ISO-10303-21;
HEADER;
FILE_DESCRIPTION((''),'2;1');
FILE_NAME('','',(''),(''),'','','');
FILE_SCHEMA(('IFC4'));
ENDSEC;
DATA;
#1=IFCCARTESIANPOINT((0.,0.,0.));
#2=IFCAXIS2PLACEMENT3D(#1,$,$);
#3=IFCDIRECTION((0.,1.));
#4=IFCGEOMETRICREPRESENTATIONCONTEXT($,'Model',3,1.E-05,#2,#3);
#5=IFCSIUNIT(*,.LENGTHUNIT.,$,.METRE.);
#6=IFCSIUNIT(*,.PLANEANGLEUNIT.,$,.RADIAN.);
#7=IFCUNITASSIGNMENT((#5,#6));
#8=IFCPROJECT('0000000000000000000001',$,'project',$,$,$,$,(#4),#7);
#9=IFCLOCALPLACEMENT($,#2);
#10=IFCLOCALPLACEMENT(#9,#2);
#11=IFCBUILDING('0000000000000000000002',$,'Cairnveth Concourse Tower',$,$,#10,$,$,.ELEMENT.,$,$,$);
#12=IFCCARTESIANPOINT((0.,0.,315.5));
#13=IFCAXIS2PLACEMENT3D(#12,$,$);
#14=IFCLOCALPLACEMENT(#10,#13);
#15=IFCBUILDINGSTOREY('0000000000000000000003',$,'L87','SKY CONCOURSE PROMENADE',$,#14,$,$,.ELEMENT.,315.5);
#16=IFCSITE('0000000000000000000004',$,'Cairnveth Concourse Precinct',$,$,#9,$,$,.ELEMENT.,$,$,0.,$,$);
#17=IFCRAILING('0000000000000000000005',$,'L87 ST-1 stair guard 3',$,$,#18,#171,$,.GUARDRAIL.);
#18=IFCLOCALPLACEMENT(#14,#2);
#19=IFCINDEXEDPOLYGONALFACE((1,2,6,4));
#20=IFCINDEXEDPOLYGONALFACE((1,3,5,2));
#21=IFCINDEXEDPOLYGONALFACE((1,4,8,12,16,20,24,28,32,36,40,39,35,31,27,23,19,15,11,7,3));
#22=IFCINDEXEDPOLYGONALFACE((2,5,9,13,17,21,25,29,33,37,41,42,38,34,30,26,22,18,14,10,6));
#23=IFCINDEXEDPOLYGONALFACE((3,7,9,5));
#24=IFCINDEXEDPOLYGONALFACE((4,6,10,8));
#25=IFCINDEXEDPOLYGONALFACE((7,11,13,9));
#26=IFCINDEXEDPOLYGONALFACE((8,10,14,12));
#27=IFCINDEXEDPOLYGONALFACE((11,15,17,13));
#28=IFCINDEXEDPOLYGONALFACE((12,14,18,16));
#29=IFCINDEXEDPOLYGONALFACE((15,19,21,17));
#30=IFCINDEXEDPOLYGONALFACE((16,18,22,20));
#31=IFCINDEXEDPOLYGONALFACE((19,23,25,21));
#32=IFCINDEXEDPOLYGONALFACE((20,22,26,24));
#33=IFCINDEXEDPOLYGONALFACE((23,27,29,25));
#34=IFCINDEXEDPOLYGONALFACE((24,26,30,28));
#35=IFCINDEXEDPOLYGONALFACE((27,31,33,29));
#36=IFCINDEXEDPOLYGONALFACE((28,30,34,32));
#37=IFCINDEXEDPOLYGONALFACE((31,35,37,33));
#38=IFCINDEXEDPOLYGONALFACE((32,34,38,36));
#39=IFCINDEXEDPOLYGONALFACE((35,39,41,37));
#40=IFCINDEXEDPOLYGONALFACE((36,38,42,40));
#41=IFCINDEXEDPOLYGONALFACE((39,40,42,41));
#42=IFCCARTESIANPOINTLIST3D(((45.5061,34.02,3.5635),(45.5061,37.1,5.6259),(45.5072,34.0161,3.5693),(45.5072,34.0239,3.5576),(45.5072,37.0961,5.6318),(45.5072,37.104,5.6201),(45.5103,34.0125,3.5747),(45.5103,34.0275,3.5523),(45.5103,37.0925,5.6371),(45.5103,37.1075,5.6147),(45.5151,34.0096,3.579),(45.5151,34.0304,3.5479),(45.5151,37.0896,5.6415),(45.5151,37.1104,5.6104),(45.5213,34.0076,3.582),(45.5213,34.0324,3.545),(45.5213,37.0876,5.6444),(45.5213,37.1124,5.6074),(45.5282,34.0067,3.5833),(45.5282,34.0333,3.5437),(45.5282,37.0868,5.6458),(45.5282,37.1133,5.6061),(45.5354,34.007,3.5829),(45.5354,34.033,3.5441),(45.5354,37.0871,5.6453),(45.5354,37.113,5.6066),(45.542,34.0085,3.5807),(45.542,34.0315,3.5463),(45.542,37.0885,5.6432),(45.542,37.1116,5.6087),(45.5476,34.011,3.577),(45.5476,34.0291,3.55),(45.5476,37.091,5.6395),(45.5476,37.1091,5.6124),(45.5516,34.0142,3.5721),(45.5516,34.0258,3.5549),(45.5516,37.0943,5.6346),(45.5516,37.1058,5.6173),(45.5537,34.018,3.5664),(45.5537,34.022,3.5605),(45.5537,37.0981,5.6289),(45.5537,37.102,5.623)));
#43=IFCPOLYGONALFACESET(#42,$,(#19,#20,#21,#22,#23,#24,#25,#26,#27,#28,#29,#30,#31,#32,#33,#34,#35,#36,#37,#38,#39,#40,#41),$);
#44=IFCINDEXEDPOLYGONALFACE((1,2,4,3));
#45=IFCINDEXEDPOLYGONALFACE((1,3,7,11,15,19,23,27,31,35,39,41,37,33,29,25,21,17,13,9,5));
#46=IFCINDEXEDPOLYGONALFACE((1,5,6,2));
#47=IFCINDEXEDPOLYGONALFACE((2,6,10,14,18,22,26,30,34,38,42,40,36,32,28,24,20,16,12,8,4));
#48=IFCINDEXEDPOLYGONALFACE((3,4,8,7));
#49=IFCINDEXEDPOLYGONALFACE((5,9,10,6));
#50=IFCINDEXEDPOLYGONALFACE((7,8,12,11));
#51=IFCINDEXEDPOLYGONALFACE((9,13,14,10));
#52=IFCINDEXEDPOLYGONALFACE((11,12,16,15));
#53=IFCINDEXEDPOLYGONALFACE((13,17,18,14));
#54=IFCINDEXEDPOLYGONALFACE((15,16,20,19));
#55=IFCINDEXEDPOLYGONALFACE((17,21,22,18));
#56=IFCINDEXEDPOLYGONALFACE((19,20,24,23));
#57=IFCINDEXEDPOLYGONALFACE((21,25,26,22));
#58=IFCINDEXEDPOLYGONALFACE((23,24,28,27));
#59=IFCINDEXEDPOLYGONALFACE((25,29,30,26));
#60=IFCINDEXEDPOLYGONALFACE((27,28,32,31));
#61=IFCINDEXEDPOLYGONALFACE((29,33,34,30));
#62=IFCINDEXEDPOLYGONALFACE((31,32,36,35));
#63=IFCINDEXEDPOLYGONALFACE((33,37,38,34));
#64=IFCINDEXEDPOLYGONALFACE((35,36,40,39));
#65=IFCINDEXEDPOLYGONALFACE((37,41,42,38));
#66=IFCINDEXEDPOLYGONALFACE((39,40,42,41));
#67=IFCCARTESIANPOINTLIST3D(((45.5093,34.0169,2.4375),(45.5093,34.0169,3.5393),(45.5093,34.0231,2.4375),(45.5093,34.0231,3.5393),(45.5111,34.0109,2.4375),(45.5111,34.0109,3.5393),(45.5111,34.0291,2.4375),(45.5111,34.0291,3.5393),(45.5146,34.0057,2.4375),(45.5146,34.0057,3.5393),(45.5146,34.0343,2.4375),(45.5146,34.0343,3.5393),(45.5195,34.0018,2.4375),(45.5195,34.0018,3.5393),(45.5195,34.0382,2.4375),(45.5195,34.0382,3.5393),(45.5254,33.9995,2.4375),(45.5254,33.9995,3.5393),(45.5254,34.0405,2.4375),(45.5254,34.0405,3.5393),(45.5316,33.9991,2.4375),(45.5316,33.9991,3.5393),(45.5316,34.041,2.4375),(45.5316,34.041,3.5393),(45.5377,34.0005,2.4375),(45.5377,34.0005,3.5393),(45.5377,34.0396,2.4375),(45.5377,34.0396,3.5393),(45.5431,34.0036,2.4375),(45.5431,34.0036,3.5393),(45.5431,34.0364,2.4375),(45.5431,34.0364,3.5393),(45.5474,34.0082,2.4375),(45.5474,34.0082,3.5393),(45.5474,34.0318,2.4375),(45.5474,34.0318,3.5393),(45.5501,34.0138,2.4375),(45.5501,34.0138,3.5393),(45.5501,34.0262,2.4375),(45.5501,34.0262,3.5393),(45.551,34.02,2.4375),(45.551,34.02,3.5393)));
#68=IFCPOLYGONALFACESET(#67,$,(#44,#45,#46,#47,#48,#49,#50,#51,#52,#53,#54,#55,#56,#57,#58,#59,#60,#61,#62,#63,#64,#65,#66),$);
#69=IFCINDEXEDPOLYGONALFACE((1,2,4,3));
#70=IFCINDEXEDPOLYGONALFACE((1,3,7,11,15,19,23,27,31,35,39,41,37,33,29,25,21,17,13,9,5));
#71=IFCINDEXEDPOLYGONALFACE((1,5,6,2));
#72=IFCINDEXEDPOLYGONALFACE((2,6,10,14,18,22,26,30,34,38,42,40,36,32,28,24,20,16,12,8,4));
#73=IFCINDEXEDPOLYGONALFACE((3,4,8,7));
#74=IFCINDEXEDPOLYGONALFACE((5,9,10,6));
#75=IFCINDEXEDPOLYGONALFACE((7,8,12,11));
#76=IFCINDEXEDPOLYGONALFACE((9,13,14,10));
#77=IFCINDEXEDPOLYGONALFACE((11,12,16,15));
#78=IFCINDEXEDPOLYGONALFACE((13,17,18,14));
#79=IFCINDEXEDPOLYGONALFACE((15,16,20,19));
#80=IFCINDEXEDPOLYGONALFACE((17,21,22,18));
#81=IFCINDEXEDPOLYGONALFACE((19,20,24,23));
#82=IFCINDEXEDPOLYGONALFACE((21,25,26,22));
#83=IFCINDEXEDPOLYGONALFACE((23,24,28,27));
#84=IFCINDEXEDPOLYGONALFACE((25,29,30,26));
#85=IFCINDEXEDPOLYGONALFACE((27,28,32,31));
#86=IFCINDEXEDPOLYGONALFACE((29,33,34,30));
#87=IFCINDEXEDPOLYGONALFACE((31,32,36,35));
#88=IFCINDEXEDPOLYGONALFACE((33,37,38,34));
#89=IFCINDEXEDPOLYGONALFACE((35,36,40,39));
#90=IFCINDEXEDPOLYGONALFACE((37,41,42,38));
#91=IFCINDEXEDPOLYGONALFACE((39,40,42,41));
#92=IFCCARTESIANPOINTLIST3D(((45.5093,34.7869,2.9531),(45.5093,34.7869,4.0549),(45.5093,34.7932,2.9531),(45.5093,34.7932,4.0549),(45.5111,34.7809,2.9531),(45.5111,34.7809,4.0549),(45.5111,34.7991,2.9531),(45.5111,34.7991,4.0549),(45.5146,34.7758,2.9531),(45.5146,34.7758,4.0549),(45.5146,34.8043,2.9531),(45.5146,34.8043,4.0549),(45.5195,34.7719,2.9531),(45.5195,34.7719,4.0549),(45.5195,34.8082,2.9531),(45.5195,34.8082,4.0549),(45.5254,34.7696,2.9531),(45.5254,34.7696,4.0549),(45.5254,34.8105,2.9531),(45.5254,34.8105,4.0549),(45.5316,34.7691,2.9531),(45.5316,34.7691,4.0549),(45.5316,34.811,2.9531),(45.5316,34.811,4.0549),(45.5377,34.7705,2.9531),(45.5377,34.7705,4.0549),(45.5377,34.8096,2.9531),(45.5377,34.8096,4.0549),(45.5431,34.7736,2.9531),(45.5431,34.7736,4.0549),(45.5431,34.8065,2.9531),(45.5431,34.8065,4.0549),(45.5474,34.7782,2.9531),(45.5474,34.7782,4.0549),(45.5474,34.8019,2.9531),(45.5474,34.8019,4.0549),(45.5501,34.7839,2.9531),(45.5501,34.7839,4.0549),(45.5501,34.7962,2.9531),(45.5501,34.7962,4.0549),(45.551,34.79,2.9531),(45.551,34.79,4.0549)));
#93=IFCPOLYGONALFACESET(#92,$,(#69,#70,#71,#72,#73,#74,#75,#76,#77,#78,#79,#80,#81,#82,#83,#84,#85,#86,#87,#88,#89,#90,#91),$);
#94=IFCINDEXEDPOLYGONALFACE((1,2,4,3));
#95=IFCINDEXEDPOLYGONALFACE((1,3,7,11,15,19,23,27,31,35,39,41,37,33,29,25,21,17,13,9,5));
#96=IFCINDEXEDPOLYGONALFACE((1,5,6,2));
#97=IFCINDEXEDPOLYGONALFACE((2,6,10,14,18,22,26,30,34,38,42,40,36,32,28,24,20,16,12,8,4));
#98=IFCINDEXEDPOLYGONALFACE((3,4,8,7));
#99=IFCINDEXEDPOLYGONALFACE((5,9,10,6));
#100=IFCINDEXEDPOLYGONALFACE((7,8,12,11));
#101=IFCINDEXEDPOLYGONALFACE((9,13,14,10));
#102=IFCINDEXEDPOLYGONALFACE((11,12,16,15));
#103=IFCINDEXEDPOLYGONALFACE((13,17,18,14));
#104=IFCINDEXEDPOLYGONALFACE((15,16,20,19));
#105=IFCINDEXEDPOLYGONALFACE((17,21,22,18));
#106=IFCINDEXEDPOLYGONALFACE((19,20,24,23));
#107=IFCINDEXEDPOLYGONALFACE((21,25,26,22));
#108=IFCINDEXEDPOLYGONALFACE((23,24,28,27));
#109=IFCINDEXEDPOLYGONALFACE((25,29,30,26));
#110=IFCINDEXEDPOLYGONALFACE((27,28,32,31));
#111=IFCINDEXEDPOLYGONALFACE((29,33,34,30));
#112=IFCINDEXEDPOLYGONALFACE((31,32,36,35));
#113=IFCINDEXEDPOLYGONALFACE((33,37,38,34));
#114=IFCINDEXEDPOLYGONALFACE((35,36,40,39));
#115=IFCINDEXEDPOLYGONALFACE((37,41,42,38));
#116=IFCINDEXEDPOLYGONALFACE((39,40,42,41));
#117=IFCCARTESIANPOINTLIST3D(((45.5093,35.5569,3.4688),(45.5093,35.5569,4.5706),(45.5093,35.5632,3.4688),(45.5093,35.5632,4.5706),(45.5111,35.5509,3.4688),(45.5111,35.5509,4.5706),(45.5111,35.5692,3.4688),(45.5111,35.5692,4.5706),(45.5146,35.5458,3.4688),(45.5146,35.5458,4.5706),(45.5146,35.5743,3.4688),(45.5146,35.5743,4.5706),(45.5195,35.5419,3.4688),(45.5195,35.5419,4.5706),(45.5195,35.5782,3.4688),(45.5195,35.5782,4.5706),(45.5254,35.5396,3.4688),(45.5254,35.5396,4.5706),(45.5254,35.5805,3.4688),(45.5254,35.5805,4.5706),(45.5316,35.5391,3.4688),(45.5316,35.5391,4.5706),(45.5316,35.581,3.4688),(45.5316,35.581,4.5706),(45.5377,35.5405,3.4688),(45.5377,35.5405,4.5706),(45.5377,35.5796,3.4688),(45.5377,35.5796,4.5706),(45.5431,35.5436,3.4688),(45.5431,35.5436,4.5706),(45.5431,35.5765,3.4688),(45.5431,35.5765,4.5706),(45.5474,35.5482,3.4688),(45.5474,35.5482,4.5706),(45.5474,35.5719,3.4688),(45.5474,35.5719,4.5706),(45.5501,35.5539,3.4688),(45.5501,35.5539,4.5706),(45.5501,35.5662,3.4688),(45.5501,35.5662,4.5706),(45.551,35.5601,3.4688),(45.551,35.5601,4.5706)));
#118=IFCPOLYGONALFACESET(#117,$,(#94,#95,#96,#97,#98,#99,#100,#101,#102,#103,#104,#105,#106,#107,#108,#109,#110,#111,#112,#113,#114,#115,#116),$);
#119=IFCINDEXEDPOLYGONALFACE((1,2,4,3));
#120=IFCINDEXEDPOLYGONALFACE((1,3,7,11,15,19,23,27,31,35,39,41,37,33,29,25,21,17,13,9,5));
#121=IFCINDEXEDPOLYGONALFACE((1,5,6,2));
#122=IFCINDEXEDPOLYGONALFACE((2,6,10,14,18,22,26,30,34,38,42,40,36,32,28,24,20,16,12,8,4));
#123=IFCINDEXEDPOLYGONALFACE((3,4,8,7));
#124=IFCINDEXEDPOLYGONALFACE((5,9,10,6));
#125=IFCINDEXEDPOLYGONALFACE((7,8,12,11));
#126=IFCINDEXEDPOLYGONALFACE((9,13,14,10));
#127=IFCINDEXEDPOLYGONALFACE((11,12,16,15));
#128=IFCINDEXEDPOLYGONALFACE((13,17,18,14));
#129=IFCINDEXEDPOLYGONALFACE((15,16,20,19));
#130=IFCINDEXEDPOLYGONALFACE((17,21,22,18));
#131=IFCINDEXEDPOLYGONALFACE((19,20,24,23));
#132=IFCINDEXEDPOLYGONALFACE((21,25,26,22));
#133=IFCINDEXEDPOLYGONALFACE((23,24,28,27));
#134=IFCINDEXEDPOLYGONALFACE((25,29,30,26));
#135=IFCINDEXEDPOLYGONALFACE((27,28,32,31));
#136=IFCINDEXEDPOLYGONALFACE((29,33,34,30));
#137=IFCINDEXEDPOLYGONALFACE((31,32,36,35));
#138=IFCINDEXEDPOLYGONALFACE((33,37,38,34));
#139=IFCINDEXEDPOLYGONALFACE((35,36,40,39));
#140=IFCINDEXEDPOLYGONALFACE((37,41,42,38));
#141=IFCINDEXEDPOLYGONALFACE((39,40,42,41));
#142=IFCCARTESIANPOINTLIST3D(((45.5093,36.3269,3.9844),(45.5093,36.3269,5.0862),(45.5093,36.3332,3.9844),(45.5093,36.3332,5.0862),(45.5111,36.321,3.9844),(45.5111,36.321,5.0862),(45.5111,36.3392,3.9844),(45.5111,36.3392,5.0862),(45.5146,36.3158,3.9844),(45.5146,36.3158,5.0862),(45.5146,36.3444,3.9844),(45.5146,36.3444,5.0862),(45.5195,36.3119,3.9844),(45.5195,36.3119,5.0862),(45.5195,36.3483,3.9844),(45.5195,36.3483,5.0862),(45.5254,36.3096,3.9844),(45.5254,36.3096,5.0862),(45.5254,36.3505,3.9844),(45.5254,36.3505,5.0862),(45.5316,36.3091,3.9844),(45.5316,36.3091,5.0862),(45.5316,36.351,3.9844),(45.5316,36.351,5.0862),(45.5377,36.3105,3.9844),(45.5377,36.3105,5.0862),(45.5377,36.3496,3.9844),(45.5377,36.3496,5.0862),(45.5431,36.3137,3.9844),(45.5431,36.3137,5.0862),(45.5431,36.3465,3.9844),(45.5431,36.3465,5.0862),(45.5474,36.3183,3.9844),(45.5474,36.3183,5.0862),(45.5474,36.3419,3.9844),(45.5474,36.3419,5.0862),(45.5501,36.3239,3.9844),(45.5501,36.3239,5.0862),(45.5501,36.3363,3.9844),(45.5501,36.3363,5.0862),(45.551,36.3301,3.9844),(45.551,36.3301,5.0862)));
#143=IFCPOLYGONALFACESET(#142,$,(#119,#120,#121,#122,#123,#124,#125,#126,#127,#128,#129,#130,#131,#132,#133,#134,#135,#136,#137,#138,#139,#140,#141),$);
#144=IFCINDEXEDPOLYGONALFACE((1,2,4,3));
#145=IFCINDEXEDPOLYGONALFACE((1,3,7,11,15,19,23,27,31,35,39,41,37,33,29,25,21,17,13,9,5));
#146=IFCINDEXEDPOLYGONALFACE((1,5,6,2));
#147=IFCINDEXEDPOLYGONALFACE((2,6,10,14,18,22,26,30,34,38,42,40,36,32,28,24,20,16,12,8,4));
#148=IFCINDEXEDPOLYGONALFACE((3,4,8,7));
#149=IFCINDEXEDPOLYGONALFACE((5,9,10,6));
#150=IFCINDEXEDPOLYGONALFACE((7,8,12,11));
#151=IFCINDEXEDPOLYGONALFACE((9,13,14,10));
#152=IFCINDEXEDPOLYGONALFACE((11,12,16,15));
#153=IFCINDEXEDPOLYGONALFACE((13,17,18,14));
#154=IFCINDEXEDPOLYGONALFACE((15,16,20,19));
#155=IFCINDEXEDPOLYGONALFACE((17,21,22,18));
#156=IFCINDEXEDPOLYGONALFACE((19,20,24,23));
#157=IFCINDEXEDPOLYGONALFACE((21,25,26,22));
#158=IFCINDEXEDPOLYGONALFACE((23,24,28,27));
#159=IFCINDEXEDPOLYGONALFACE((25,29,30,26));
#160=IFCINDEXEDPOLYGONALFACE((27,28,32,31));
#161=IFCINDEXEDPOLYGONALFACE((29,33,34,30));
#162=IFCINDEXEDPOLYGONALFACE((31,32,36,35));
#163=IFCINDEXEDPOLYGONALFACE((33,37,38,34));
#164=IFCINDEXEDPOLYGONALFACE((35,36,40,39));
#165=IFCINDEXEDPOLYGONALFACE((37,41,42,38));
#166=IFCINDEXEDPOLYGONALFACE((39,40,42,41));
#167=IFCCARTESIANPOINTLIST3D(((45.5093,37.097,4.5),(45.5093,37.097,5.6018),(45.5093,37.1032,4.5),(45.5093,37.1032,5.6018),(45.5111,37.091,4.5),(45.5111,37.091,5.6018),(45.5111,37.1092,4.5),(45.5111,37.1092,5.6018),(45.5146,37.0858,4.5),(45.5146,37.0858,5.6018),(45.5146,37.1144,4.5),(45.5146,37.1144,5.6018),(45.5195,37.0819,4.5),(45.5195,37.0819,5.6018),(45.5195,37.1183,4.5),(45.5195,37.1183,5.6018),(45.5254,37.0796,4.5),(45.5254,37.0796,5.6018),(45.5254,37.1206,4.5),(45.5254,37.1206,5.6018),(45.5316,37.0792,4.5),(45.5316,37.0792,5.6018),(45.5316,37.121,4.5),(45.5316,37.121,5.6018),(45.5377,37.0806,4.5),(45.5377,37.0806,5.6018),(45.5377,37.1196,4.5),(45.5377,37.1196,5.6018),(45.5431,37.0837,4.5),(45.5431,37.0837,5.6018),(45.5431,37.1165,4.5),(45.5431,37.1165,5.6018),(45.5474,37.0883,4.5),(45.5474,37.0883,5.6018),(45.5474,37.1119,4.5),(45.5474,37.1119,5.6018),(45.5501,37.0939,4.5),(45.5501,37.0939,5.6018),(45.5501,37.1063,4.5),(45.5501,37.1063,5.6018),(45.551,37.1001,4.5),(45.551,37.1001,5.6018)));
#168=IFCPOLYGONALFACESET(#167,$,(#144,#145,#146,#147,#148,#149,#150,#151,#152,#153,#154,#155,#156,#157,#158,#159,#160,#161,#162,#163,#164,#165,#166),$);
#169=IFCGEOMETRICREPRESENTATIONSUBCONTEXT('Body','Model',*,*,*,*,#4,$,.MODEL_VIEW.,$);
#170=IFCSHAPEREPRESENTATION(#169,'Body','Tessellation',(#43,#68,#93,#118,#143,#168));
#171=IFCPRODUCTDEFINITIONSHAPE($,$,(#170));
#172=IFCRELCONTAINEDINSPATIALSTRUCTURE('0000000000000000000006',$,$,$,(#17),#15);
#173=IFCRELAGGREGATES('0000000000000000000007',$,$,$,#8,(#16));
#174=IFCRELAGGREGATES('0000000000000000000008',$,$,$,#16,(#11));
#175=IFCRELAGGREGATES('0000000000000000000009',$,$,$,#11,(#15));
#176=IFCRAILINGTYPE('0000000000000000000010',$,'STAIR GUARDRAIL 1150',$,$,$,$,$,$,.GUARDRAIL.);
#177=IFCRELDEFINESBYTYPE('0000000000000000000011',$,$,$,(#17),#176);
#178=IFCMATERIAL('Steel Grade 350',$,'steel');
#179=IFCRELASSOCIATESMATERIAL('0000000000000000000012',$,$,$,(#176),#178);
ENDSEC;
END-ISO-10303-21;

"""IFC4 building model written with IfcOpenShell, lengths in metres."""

from ifc_helpers import new_model, si_unit, direction, frame, origin, origin_2d, place, context, subcontext, project, spatial, circle, extrude, material, type_object, element, save


model = new_model("IFC4")

# Units and contexts
model_context = context("Model", 3, precision=1e-05, world=origin(), true_north=direction((0.0, 1.0)))
body_context = subcontext(model_context, "Body", "Model", "MODEL_VIEW")
ifc_project = project(units=[si_unit("LENGTHUNIT", "METRE"), si_unit("PLANEANGLEUNIT", "RADIAN")], contexts=[model_context])

# Site, building, storey
site_placement = place(None, origin())
site = spatial("IfcSite", under=ifc_project, at=site_placement, Name="Cairnveth Concourse Precinct", CompositionType="ELEMENT", RefElevation=0.0)
building_placement = place(site_placement, origin())
building = spatial("IfcBuilding", under=site, at=building_placement, Name="Cairnveth Concourse Tower", CompositionType="ELEMENT")
storey_placement = place(building_placement, frame((0.0, 0.0, 315.5)))
storey = spatial("IfcBuildingStorey", under=building, at=storey_placement, Name="L87", Description="SKY CONCOURSE PROMENADE", CompositionType="ELEMENT", Elevation=315.5)

# Shared definitions
ifc_material_1 = material(Name="Steel Grade 350", Category="steel")

# Railing
railing_type_1 = type_object("IfcRailingType", Name="STAIR GUARDRAIL 1150", PredefinedType="GUARDRAIL", material=ifc_material_1)
railing_1_placement = place(storey_placement, frame((45.53, 34.02, 2.4375)))
element("IfcRailing", 1, at=railing_1_placement, inside=storey, type_object=railing_type_1, Name="L87 ST-1 stair guard 3", PredefinedType="GUARDRAIL", context=body_context, shape_type="SweptSolid", body=[
    extrude(circle(Radius=0.0239, at=origin_2d()), frame((0.0, 0.0, 1.126), z_axis=(0.0, 0.830914, 0.556401), x_axis=(-1.0, 0.0, 0.0)), (0.0, 0.0, 1.0), 3.7068),
    extrude(circle(Radius=0.021, at=origin_2d()), origin(), (0.0, 0.0, 1.0), 1.1018),
    extrude(circle(Radius=0.021, at=origin_2d()), frame((0.0, 0.77, 0.5156)), (0.0, 0.0, 1.0), 1.1018),
    extrude(circle(Radius=0.021, at=origin_2d()), frame((0.0, 1.54, 1.0312)), (0.0, 0.0, 1.0), 1.1018),
    extrude(circle(Radius=0.021, at=origin_2d()), frame((0.0, 2.3101, 1.5469)), (0.0, 0.0, 1.0), 1.1018),
    extrude(circle(Radius=0.021, at=origin_2d()), frame((0.0, 3.0801, 2.0625)), (0.0, 0.0, 1.0), 1.1018),
])

save(model, "model.ifc")
